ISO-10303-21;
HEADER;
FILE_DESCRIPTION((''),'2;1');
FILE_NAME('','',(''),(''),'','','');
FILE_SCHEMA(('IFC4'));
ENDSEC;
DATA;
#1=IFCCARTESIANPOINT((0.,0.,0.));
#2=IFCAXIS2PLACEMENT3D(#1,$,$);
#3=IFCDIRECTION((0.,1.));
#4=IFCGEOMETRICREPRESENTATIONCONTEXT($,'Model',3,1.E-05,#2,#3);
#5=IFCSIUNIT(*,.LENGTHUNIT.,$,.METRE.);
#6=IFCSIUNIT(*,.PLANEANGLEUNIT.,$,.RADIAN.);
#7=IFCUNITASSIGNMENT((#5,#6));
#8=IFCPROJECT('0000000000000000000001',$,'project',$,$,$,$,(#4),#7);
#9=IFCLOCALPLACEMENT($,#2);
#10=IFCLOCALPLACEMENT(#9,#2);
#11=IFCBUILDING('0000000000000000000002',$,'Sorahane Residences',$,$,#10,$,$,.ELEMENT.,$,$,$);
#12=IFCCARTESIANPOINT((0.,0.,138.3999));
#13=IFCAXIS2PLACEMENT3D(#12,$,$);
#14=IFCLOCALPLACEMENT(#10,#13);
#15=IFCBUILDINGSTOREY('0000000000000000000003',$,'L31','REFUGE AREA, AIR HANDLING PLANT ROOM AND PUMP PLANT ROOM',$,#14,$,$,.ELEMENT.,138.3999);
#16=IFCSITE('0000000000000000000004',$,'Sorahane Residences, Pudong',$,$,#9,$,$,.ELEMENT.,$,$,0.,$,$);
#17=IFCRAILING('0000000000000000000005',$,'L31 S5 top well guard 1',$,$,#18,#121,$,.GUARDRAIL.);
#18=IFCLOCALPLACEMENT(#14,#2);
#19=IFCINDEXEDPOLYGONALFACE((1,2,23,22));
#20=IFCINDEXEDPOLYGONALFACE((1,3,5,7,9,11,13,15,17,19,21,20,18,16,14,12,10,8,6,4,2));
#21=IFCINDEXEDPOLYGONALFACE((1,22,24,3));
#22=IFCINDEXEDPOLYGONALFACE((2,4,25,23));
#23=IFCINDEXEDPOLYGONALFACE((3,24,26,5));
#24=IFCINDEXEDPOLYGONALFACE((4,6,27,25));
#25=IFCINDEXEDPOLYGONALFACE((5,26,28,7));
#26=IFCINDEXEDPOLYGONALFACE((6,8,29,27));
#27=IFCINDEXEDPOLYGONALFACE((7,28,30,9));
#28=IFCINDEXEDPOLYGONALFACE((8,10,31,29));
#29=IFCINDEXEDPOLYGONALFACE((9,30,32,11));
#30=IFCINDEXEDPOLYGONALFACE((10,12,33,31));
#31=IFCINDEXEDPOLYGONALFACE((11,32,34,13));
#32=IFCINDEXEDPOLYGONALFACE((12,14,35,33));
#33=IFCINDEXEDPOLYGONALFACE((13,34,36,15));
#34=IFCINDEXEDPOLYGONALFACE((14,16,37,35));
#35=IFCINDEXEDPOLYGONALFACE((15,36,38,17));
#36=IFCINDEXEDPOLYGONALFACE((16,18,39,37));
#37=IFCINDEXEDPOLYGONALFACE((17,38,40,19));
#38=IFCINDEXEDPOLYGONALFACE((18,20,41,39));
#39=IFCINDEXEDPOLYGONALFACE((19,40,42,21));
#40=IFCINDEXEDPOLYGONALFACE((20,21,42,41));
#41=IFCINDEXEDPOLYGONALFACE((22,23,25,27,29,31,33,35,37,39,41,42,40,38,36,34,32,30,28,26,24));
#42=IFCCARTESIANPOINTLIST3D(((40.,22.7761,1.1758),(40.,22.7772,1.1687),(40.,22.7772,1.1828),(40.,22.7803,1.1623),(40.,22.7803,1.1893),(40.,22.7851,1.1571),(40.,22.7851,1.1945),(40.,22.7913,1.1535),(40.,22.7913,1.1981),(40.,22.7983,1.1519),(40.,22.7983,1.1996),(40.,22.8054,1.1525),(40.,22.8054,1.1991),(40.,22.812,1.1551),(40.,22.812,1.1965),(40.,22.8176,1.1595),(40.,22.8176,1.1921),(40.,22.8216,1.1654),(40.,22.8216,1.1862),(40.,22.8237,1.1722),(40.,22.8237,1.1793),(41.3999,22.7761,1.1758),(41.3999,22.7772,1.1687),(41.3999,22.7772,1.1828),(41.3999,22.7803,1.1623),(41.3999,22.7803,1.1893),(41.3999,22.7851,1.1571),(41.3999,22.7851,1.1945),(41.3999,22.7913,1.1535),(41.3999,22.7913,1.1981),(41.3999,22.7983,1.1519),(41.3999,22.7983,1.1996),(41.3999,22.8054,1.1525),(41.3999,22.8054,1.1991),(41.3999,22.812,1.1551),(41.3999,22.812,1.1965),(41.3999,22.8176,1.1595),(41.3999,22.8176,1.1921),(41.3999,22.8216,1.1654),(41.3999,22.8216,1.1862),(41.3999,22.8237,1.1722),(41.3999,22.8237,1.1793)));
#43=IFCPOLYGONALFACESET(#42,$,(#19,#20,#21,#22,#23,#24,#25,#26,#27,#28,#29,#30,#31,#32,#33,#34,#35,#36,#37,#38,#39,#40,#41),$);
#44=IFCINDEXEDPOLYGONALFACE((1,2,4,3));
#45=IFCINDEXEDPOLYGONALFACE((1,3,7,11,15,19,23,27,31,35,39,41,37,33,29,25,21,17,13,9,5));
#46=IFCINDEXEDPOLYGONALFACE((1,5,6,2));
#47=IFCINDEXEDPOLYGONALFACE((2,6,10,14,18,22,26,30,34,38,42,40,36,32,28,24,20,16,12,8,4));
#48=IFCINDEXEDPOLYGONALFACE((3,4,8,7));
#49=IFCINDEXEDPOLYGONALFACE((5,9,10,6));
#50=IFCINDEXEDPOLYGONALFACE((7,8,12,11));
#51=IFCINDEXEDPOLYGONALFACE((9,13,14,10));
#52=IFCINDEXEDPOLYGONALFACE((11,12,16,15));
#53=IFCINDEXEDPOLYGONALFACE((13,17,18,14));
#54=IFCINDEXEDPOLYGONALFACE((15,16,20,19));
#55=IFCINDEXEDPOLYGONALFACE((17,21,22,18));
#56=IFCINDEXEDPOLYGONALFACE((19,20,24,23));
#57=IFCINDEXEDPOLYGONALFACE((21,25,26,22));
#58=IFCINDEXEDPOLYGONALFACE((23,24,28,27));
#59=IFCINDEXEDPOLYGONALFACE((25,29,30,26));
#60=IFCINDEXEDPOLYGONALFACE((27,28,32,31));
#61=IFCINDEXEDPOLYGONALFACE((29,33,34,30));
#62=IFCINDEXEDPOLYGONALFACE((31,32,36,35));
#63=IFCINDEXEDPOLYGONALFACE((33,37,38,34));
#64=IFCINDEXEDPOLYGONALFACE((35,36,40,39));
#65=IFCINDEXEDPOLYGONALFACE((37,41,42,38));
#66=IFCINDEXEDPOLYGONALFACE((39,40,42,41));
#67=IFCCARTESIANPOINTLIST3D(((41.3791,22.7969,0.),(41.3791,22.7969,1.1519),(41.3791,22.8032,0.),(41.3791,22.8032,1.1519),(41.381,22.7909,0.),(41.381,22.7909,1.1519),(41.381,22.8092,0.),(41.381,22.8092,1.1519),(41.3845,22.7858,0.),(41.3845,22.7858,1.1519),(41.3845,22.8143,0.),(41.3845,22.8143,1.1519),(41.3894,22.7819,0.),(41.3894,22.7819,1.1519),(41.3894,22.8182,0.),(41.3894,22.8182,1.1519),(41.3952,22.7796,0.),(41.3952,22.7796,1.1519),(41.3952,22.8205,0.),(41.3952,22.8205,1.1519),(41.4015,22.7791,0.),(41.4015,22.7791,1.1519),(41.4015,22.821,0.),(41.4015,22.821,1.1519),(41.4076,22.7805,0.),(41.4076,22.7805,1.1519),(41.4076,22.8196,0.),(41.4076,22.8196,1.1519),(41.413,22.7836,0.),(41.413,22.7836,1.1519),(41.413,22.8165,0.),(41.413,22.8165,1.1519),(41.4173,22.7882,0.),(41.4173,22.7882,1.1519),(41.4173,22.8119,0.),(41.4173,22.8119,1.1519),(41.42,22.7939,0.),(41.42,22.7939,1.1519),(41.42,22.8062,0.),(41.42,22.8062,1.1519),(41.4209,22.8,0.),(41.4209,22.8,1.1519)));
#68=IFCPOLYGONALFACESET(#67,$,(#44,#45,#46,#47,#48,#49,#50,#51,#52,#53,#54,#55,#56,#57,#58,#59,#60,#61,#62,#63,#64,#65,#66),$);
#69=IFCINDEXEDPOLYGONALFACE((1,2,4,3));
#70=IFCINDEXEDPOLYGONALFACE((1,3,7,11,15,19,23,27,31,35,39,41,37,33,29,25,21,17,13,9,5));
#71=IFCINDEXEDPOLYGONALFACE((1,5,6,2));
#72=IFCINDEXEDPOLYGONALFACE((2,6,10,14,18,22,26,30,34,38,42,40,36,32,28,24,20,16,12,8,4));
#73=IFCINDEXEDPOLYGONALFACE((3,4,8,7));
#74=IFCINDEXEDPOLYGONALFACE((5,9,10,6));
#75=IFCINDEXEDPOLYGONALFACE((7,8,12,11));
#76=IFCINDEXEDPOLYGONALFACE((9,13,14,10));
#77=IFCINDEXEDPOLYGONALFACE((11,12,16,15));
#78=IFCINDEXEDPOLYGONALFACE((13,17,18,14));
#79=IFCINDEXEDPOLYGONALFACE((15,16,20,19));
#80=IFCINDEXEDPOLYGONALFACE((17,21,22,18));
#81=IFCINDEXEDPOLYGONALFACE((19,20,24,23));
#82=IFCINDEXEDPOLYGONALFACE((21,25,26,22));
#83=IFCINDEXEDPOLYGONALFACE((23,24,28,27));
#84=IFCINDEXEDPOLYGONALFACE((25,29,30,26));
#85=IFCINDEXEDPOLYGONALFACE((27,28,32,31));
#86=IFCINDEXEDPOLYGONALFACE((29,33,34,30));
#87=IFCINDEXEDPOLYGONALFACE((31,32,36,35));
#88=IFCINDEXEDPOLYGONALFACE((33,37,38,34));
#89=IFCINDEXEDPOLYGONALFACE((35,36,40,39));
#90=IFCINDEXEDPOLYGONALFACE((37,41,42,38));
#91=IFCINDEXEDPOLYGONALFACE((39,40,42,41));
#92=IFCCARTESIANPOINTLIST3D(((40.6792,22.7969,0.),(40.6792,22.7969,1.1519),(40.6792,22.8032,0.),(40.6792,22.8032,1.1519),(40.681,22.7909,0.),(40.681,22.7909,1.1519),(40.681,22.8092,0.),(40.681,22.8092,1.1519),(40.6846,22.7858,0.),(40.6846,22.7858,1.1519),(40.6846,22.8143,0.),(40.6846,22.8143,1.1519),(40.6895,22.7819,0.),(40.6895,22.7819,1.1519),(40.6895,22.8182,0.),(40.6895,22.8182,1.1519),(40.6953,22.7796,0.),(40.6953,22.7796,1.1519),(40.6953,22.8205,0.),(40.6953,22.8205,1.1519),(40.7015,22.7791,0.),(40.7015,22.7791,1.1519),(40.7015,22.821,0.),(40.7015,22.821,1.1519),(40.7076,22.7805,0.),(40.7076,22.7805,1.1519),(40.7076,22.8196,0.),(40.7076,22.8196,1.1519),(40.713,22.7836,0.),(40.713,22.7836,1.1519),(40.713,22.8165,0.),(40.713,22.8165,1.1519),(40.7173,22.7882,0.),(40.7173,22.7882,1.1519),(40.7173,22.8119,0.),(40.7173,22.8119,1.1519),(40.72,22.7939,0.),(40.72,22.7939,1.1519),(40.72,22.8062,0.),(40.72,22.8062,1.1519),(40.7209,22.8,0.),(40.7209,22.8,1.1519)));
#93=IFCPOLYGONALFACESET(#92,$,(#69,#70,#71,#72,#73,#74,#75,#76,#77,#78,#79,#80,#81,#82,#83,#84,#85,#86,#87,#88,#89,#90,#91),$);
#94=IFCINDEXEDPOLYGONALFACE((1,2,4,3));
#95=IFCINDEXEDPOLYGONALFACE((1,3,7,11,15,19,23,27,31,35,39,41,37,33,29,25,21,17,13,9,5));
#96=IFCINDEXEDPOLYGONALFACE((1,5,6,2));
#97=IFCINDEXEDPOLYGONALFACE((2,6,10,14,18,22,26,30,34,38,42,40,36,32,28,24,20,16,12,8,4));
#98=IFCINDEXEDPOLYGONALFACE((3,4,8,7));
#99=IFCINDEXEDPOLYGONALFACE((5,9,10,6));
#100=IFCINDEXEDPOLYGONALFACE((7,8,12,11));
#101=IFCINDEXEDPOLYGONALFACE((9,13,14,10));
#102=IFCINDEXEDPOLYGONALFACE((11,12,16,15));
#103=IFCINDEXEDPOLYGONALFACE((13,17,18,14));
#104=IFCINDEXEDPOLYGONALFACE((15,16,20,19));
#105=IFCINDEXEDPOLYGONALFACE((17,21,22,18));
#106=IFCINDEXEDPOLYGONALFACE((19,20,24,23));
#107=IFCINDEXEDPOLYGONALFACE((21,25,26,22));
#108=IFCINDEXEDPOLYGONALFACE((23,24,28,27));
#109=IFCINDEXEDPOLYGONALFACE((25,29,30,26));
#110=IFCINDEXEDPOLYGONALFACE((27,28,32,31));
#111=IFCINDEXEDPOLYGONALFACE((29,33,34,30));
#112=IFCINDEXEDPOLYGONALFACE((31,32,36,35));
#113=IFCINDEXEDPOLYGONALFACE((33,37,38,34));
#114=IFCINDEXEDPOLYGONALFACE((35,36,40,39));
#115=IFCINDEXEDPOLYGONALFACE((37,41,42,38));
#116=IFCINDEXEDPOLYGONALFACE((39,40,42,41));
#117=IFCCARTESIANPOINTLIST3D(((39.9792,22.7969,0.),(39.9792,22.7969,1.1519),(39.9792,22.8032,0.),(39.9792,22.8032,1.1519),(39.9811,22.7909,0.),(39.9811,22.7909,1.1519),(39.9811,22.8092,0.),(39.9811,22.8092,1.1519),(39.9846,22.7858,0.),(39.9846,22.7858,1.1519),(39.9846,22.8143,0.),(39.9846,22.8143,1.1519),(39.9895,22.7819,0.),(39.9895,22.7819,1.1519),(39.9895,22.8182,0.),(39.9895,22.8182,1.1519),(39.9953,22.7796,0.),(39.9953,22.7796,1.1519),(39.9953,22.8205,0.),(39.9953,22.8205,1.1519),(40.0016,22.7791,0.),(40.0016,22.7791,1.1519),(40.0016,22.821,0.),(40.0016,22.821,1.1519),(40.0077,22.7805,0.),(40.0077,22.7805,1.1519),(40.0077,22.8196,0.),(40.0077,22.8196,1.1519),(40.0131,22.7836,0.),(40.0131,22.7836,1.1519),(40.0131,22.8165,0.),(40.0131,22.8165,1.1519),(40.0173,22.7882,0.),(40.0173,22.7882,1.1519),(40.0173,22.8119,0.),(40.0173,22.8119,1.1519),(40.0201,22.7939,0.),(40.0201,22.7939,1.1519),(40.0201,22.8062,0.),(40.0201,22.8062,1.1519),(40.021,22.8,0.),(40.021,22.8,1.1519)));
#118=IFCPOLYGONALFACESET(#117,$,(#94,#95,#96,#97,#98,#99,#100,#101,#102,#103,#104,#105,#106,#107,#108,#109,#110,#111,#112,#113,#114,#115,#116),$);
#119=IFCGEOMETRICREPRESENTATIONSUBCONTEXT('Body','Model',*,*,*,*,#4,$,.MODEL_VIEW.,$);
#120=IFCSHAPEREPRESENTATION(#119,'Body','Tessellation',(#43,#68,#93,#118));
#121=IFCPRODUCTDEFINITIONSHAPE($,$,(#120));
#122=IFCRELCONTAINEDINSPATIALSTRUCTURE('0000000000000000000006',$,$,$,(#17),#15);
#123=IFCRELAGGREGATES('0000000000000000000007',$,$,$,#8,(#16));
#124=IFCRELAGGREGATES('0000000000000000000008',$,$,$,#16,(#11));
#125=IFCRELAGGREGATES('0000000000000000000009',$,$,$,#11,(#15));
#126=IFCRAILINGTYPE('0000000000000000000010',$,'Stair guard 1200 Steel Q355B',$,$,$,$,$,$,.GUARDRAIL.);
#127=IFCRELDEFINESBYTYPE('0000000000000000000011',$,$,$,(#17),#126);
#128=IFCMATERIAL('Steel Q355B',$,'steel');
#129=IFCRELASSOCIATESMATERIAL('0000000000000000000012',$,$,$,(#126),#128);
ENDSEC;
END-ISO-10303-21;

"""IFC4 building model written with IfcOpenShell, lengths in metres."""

from ifc_helpers import new_model, si_unit, direction, frame, origin, origin_2d, place, context, subcontext, project, spatial, circle, extrude, material, type_object, element, save


model = new_model("IFC4")

# Units and contexts
model_context = context("Model", 3, precision=1e-05, world=origin(), true_north=direction((0.0, 1.0)))
body_context = subcontext(model_context, "Body", "Model", "MODEL_VIEW")
ifc_project = project(units=[si_unit("LENGTHUNIT", "METRE"), si_unit("PLANEANGLEUNIT", "RADIAN")], contexts=[model_context])

# Site, building, storey
site_placement = place(None, origin())
site = spatial("IfcSite", under=ifc_project, at=site_placement, Name="Sorahane Residences, Pudong", CompositionType="ELEMENT", RefElevation=0.0)
building_placement = place(site_placement, origin())
building = spatial("IfcBuilding", under=site, at=building_placement, Name="Sorahane Residences", CompositionType="ELEMENT")
storey_placement = place(building_placement, frame((0.0, 0.0, 138.3999)))
storey = spatial("IfcBuildingStorey", under=building, at=storey_placement, Name="L31", Description="REFUGE AREA, AIR HANDLING PLANT ROOM AND PUMP PLANT ROOM", CompositionType="ELEMENT", Elevation=138.3999)

# Railing
ifc_material_1 = material(Name="Steel Q355B", Category="steel")
railing_type_1 = type_object("IfcRailingType", Name="Stair guard 1200 Steel Q355B", PredefinedType="GUARDRAIL", material=ifc_material_1)
railing_1_placement = place(storey_placement, frame((41.3999, 22.8, 0.0)))
element("IfcRailing", 1, at=railing_1_placement, inside=storey, type_object=railing_type_1, Name="L31 S5 top well guard 1", PredefinedType="GUARDRAIL", context=body_context, shape_type="SweptSolid", body=[
    extrude(circle(Radius=0.0239, at=origin_2d()), frame((0.0, 0.0, 1.1758), z_axis=(-1.0, 0.0, 0.0), x_axis=(0.0, -1.0, 0.0)), (0.0, 0.0, 1.0), 1.3999),
    extrude(circle(Radius=0.021, at=origin_2d()), origin(), (0.0, 0.0, 1.0), 1.1519),
    extrude(circle(Radius=0.021, at=origin_2d()), frame((-0.7, 0.0, 0.0)), (0.0, 0.0, 1.0), 1.1519),
    extrude(circle(Radius=0.021, at=origin_2d()), frame((-1.3999, 0.0, 0.0)), (0.0, 0.0, 1.0), 1.1519),
])

save(model, "model.ifc")
